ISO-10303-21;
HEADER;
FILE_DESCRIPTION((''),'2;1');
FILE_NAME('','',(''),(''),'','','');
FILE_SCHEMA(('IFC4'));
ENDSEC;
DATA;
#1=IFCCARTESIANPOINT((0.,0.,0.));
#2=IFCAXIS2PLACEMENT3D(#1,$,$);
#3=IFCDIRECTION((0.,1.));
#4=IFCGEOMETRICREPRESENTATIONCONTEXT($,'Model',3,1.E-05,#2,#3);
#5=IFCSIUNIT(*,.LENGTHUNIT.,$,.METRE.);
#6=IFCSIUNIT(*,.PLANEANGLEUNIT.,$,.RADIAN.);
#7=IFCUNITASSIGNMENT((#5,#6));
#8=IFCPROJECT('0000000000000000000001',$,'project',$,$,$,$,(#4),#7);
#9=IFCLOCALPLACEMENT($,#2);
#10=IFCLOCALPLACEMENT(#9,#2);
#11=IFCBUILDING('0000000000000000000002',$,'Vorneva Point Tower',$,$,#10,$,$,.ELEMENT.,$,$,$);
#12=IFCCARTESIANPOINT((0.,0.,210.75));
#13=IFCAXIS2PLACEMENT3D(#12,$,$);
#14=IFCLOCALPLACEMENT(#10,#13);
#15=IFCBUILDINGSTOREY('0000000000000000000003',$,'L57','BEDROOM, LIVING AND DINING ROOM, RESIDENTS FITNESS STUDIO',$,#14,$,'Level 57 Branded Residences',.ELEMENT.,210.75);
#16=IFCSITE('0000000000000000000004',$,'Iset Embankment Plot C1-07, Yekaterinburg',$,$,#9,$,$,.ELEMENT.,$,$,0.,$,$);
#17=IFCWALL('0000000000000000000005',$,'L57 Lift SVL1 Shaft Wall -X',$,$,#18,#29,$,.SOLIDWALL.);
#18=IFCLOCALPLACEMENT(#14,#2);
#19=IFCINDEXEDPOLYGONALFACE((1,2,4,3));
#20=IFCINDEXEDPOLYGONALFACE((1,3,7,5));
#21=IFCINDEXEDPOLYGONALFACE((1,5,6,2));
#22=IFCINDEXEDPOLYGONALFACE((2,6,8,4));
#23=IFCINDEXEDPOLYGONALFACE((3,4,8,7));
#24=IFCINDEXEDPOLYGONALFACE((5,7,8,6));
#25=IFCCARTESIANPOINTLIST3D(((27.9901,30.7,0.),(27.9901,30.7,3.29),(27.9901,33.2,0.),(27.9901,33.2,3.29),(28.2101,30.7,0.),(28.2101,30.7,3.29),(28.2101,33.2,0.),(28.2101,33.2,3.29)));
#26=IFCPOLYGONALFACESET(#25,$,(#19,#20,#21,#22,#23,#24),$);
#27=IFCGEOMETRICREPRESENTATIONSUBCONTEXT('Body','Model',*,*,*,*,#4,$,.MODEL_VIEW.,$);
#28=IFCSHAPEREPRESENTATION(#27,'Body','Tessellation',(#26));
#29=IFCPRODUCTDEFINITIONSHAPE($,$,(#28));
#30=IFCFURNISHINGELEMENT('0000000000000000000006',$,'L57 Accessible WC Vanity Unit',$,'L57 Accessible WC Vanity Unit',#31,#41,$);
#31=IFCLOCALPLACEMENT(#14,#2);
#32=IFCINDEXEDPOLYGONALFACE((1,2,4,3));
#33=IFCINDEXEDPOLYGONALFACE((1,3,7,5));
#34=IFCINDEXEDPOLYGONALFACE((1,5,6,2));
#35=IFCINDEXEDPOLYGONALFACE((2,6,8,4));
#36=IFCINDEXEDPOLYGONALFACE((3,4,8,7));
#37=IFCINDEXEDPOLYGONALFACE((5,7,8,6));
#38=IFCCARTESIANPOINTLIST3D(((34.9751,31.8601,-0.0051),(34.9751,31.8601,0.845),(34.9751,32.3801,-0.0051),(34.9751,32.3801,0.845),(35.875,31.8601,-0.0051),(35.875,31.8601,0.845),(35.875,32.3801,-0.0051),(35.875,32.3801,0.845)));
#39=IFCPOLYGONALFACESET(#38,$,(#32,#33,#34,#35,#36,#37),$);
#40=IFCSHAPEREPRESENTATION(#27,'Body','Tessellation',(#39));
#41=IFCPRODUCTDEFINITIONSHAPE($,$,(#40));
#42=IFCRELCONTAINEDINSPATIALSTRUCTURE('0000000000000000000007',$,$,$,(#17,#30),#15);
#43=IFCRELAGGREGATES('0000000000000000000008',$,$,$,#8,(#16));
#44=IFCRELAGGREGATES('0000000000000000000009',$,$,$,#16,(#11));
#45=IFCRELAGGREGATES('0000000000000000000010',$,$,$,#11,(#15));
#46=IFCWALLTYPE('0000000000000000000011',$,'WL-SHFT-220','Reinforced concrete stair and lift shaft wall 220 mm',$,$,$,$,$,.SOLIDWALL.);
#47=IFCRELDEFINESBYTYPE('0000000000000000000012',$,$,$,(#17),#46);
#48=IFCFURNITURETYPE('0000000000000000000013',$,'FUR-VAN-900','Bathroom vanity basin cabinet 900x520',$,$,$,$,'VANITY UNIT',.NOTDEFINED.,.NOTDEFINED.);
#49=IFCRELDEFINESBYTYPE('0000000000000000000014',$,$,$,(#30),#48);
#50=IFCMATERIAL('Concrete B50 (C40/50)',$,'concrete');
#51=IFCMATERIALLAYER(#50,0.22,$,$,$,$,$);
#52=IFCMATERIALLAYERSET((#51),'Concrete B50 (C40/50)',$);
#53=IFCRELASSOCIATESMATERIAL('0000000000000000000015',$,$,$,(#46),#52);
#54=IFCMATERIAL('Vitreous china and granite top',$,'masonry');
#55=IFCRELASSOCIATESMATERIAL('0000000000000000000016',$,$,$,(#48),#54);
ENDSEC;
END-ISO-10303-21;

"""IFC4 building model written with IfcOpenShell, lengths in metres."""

from ifc_helpers import new_model, si_unit, direction, frame, frame_2d, origin, origin_2d, place, context, subcontext, project, spatial, rectangle, extrude, material, layer, layer_set, type_object, element, save


model = new_model("IFC4")

# Units and contexts
model_context = context("Model", 3, precision=1e-05, world=origin(), true_north=direction((0.0, 1.0)))
body_context = subcontext(model_context, "Body", "Model", "MODEL_VIEW")
ifc_project = project(units=[si_unit("LENGTHUNIT", "METRE"), si_unit("PLANEANGLEUNIT", "RADIAN")], contexts=[model_context])

# Site, building, storey
site_placement = place(None, origin())
site = spatial("IfcSite", under=ifc_project, at=site_placement, Name="Iset Embankment Plot C1-07, Yekaterinburg", CompositionType="ELEMENT", RefElevation=0.0)
building_placement = place(site_placement, origin())
building = spatial("IfcBuilding", under=site, at=building_placement, Name="Vorneva Point Tower", CompositionType="ELEMENT")
storey_placement = place(building_placement, frame((0.0, 0.0, 210.75)))
storey = spatial("IfcBuildingStorey", under=building, at=storey_placement, Name="L57", Description="BEDROOM, LIVING AND DINING ROOM, RESIDENTS FITNESS STUDIO", LongName="Level 57 Branded Residences", CompositionType="ELEMENT", Elevation=210.75)

# Shared definitions
ifc_material_1 = material(Name="Concrete B50 (C40/50)", Category="concrete")

# Shared definitions
ifc_layer_1 = layer(ifc_material_1, 0.22)
ifc_layer_set_1 = layer_set([ifc_layer_1], Name="Concrete B50 (C40/50)")
wall_type_1 = type_object("IfcWallType", Name="WL-SHFT-220", Description="Reinforced concrete stair and lift shaft wall 220 mm", PredefinedType="SOLIDWALL", material=ifc_layer_set_1)

# Wall
wall_1_placement = place(storey_placement, frame((28.1001, 33.2, 0.0), z_axis=(0.0, 0.0, 1.0), x_axis=(0.0, -1.0, 0.0)))
element("IfcWall", 1, at=wall_1_placement, inside=storey, type_object=wall_type_1, Name="L57 Lift SVL1 Shaft Wall -X", PredefinedType="SOLIDWALL", context=body_context, shape_type="SweptSolid", body=[
    extrude(rectangle(XDim=2.5, YDim=0.22, at=frame_2d((1.25, 0.0))), origin(), (0.0, 0.0, 1.0), 3.29),
])

# Furnishing element
ifc_material_2 = material(Name="Vitreous china and granite top", Category="masonry")
furniture_type = type_object("IfcFurnitureType", Name="FUR-VAN-900", Description="Bathroom vanity basin cabinet 900x520", ElementType="VANITY UNIT", AssemblyPlace="NOTDEFINED", PredefinedType="NOTDEFINED", material=ifc_material_2)
furnishing_placement = place(storey_placement, frame((35.425, 32.1201, -0.0051), z_axis=(0.0, 0.0, 1.0), x_axis=(1.0, 0.0, 0.0)))
element("IfcFurnishingElement", 2, at=furnishing_placement, inside=storey, type_object=furniture_type, Name="L57 Accessible WC Vanity Unit", ObjectType="L57 Accessible WC Vanity Unit", context=body_context, shape_type="SweptSolid", body=[
    extrude(rectangle(XDim=0.8999, YDim=0.52, at=origin_2d()), origin(), (0.0, 0.0, 1.0), 0.8501),
])

save(model, "model.ifc")
